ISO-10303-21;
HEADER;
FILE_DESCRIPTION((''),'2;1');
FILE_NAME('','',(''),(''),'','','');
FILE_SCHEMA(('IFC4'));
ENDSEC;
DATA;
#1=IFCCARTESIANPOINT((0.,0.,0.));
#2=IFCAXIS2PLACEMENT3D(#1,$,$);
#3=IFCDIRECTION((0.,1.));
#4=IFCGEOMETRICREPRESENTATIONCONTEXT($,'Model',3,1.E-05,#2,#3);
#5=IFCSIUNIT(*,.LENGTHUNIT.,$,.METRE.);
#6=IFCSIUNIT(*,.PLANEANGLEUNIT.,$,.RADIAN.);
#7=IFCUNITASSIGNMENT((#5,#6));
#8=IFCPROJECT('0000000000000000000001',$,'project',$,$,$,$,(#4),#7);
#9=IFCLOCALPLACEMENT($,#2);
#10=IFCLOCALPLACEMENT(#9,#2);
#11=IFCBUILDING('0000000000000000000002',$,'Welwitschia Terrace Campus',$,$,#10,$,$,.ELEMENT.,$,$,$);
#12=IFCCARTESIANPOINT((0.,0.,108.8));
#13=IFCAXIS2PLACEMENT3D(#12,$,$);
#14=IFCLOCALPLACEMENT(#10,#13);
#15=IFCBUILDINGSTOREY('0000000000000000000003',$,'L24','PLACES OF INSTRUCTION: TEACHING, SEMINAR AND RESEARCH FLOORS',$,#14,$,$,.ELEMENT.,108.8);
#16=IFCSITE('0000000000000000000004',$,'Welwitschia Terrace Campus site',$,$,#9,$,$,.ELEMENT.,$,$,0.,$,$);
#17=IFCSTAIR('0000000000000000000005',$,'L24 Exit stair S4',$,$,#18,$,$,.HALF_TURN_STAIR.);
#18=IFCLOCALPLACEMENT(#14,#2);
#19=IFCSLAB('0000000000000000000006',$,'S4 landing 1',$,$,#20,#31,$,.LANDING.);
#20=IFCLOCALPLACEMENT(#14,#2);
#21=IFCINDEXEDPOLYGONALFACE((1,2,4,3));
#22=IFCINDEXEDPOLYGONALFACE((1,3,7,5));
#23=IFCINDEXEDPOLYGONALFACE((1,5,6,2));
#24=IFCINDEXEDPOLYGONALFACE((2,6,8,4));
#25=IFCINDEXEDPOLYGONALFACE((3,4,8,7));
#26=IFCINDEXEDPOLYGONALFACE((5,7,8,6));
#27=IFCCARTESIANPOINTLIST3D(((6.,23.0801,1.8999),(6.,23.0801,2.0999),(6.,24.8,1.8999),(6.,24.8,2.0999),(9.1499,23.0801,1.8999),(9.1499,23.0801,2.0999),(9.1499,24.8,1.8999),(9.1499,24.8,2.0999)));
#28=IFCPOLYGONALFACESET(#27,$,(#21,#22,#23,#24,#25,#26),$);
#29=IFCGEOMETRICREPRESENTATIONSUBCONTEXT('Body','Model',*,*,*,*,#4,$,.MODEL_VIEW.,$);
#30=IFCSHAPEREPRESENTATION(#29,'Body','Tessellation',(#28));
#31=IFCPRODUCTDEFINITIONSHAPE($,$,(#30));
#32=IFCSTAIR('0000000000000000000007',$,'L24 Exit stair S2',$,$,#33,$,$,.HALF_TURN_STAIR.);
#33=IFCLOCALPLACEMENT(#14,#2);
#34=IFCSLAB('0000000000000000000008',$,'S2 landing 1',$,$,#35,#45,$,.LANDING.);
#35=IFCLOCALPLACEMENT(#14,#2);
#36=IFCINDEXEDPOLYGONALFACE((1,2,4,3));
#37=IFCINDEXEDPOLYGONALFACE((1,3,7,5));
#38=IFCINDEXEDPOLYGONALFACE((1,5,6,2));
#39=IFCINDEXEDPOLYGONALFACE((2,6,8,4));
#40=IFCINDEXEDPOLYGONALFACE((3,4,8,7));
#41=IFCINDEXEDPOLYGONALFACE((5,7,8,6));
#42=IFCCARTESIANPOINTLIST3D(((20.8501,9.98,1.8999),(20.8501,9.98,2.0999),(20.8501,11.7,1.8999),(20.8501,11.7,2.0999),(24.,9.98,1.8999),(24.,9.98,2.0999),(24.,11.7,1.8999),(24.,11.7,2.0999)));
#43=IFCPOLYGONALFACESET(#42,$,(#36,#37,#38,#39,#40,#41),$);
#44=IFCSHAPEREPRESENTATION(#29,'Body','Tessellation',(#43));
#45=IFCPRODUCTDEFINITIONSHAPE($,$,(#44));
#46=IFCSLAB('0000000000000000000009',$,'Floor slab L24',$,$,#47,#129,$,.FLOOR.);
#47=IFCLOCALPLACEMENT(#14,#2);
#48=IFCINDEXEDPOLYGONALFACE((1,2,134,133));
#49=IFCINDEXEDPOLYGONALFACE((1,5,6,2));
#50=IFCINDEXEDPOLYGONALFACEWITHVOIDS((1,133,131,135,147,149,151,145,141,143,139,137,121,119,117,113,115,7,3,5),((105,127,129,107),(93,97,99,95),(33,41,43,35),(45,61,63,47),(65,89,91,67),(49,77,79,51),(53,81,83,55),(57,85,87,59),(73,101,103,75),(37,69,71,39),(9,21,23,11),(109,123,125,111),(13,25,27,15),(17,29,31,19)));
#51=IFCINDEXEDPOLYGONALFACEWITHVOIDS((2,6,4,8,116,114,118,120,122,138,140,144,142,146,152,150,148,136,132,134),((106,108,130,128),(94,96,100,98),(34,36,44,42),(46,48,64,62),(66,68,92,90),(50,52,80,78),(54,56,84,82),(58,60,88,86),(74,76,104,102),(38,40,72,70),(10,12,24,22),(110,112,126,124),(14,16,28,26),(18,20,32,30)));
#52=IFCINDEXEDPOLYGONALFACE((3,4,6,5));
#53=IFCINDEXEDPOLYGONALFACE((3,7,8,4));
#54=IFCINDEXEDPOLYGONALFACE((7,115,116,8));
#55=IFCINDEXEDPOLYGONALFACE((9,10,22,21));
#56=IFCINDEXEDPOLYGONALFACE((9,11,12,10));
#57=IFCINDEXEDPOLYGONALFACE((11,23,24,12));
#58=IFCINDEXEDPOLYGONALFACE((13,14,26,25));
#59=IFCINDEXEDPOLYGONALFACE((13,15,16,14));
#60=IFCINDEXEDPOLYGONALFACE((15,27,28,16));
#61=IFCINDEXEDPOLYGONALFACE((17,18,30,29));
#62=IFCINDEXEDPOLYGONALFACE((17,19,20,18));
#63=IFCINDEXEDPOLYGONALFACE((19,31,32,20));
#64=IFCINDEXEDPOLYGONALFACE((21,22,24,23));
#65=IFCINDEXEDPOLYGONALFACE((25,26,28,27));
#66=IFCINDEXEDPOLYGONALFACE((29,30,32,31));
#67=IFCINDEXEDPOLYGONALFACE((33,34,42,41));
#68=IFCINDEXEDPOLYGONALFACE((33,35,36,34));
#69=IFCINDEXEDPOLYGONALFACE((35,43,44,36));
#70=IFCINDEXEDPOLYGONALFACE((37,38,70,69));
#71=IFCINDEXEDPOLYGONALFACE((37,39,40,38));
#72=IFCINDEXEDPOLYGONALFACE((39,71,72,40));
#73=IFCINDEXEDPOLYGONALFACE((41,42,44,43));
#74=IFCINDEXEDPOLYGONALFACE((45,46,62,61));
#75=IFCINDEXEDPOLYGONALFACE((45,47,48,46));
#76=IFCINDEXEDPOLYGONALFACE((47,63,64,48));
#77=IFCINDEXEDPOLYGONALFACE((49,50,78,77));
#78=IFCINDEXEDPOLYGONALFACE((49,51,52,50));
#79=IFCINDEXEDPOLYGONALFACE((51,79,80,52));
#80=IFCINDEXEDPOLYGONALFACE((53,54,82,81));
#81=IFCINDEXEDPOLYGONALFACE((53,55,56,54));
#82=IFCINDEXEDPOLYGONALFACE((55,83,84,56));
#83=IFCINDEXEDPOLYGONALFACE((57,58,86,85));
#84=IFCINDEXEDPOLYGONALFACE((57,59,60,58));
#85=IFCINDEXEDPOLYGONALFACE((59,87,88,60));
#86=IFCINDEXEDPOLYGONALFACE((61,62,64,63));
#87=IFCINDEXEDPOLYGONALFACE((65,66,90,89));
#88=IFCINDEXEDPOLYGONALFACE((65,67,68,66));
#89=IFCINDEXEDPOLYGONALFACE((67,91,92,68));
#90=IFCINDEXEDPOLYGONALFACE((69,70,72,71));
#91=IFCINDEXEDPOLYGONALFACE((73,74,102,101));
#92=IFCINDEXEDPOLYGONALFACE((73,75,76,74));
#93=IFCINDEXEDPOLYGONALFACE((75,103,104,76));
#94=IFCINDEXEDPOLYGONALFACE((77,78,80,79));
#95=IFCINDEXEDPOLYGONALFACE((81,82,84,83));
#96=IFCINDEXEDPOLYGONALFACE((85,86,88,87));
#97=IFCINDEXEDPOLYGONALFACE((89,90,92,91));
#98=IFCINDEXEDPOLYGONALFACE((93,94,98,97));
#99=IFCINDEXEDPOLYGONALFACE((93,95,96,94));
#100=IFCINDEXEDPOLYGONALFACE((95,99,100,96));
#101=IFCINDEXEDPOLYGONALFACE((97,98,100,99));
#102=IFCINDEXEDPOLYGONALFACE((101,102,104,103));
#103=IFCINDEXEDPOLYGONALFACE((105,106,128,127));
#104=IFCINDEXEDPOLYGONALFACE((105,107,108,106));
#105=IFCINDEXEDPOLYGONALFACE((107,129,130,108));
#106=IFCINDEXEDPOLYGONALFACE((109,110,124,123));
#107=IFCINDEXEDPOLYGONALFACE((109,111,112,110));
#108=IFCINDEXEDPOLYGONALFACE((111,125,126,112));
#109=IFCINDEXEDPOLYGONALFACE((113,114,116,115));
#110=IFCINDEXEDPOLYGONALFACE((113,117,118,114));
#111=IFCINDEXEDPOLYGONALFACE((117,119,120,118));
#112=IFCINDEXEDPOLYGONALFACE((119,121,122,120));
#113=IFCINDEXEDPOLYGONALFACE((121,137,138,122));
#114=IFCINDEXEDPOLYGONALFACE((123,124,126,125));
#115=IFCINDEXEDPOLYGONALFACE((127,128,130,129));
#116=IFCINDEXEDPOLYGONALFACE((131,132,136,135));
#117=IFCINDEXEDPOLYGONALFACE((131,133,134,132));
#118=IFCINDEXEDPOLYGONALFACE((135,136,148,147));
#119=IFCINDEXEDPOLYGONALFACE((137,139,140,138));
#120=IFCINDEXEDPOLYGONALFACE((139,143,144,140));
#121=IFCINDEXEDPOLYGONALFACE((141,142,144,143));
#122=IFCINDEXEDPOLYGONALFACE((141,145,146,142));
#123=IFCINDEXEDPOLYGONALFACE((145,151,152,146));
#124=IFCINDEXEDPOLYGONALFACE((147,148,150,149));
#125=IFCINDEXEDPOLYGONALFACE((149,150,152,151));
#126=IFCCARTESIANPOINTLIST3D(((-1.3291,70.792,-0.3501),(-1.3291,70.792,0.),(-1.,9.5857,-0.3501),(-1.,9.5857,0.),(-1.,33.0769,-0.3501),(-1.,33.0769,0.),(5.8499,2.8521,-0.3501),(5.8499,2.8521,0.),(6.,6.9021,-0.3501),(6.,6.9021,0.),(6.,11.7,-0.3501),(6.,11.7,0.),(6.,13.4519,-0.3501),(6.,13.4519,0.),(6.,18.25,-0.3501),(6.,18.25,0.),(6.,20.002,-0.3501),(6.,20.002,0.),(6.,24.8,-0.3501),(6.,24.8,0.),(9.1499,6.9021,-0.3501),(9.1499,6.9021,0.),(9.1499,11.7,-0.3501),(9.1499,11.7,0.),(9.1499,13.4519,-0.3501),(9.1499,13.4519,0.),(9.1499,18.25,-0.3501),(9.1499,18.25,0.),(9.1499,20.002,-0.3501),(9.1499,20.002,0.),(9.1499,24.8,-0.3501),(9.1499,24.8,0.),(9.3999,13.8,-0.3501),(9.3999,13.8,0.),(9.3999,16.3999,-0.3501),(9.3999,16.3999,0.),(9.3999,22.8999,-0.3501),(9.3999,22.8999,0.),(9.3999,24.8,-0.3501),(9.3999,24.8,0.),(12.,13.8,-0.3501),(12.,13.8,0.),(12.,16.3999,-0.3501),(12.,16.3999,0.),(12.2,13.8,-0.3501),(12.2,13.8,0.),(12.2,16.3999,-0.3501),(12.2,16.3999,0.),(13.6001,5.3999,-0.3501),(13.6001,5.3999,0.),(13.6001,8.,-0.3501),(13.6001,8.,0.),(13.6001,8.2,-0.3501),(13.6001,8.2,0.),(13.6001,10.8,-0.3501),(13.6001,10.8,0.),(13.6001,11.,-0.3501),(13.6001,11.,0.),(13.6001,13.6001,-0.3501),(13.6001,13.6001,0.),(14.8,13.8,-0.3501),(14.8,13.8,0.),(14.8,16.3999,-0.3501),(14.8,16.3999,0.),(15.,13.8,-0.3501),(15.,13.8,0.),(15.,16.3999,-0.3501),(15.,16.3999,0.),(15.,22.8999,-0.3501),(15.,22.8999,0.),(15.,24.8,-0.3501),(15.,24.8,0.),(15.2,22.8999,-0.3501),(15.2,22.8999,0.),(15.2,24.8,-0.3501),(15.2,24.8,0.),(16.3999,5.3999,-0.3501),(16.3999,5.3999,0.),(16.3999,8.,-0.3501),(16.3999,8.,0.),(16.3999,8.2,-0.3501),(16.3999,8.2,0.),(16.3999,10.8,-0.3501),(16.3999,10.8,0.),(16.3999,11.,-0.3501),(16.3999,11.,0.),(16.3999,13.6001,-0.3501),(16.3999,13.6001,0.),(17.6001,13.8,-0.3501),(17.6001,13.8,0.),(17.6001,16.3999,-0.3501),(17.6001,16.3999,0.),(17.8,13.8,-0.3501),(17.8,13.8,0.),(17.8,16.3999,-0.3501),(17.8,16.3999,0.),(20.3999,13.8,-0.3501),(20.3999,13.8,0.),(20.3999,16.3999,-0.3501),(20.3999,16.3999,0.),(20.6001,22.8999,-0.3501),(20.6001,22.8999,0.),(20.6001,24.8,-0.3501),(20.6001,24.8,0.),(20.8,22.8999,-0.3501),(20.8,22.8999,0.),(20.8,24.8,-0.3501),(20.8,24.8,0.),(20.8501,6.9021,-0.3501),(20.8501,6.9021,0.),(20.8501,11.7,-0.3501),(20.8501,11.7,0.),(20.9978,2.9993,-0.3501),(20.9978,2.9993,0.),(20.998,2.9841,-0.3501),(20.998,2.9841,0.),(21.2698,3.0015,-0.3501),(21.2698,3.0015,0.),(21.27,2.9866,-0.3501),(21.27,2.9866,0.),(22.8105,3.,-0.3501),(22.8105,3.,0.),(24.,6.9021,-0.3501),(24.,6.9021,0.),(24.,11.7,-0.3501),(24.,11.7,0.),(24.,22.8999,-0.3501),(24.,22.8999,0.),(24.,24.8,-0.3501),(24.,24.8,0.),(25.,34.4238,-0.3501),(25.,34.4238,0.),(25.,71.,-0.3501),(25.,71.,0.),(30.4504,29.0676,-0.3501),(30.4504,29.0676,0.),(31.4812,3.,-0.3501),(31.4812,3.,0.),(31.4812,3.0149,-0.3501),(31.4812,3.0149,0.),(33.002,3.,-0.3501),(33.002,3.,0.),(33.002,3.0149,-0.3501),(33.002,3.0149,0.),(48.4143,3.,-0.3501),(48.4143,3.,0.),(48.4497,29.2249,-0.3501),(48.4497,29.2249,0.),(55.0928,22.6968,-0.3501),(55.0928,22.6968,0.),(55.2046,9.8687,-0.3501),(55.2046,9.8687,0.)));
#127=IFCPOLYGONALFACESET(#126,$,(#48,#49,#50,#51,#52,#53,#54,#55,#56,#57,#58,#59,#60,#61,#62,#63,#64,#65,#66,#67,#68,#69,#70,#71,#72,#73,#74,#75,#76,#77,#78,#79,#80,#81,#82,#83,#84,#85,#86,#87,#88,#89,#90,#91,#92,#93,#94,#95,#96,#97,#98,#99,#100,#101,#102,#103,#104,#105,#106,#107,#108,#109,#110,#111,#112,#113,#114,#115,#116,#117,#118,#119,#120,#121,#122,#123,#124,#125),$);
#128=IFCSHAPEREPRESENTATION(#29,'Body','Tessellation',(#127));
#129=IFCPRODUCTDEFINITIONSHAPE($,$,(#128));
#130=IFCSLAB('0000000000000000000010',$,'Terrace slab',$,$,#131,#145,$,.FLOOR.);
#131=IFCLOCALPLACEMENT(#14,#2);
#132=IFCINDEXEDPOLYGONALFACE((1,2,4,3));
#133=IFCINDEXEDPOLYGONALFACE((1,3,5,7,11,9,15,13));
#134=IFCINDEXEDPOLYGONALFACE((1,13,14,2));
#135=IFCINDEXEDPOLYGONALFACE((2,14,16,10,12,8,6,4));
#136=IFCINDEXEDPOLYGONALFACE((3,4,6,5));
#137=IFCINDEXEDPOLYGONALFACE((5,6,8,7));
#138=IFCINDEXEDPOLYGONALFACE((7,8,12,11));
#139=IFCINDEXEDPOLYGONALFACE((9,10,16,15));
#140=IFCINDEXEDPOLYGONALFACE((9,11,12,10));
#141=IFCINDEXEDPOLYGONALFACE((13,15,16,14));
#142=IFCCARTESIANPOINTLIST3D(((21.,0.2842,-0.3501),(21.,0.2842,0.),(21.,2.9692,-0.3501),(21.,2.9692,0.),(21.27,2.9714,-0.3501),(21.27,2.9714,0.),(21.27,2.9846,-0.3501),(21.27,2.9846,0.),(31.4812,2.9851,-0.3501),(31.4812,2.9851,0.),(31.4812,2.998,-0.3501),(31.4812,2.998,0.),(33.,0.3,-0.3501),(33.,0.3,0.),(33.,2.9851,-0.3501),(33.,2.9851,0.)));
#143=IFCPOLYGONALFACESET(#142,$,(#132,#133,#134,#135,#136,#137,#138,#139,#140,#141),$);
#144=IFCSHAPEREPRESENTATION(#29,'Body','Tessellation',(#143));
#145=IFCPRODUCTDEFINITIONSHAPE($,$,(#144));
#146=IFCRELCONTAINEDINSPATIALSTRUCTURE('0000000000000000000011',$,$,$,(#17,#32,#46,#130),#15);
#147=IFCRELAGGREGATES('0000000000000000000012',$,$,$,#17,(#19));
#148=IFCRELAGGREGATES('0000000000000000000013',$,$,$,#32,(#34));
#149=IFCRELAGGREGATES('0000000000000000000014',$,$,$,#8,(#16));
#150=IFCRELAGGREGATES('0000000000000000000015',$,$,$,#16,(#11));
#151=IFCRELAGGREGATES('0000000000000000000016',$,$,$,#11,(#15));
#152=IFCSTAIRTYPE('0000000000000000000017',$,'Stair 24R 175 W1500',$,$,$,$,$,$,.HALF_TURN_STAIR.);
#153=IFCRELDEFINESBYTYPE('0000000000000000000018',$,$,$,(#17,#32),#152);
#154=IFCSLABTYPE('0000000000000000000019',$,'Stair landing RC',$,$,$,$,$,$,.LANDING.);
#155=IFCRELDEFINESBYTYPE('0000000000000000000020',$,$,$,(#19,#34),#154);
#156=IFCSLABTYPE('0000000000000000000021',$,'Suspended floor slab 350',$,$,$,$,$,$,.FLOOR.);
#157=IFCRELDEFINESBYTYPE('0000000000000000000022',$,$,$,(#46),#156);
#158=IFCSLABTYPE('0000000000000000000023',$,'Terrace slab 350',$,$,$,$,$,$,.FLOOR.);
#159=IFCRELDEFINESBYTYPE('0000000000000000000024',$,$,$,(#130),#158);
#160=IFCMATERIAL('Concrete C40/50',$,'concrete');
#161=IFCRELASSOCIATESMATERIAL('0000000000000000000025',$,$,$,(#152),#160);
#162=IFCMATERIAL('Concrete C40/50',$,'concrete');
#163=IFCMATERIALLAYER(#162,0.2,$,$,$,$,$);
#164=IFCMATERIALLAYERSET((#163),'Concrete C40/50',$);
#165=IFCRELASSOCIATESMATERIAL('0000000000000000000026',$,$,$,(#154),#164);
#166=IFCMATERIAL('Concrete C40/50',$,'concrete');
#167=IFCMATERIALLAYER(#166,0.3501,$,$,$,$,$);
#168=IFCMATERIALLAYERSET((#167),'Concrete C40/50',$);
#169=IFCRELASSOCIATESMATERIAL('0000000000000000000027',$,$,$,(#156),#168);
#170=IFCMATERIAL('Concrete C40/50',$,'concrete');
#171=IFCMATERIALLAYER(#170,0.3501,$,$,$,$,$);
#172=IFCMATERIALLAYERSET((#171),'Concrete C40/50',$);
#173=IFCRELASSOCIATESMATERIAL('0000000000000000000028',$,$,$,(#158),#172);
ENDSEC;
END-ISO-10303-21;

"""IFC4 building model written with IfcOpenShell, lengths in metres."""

from ifc_helpers import new_model, si_unit, direction, frame, origin, place, context, subcontext, project, spatial, polyline, outline, extrude, material, layer, layer_set, type_object, element, aggregate, save


model = new_model("IFC4")

# Units and contexts
model_context = context("Model", 3, precision=1e-05, world=origin(), true_north=direction((0.0, 1.0)))
body_context = subcontext(model_context, "Body", "Model", "MODEL_VIEW")
ifc_project = project(units=[si_unit("LENGTHUNIT", "METRE"), si_unit("PLANEANGLEUNIT", "RADIAN")], contexts=[model_context])

# Site, building, storey
site_placement = place(None, origin())
site = spatial("IfcSite", under=ifc_project, at=site_placement, Name="Welwitschia Terrace Campus site", CompositionType="ELEMENT", RefElevation=0.0)
building_placement = place(site_placement, origin())
building = spatial("IfcBuilding", under=site, at=building_placement, Name="Welwitschia Terrace Campus", CompositionType="ELEMENT")
storey_placement = place(building_placement, frame((0.0, 0.0, 108.8)))
storey = spatial("IfcBuildingStorey", under=building, at=storey_placement, Name="L24", Description="PLACES OF INSTRUCTION: TEACHING, SEMINAR AND RESEARCH FLOORS", CompositionType="ELEMENT", Elevation=108.8)

# Stairs, slabs
ifc_material_1 = material(Name="Concrete C40/50", Category="concrete")
stair_type = type_object("IfcStairType", Name="Stair 24R 175 W1500", PredefinedType="HALF_TURN_STAIR", material=ifc_material_1)
ifc_material_2 = material(Name="Concrete C40/50", Category="concrete")
ifc_layer_1 = layer(ifc_material_2, 0.2)
ifc_layer_set_1 = layer_set([ifc_layer_1], Name="Concrete C40/50")
slab_type_1 = type_object("IfcSlabType", Name="Stair landing RC", PredefinedType="LANDING", material=ifc_layer_set_1)
stair_1_placement = place(storey_placement, origin())
stair_1 = element("IfcStair", 1, at=stair_1_placement, inside=storey, type_object=stair_type, Name="L24 Exit stair S4", PredefinedType="HALF_TURN_STAIR")
slab_1_placement = place(storey_placement, frame((0.0, 0.0, 1.8999)))
slab_1 = element("IfcSlab", 2, at=slab_1_placement, type_object=slab_type_1, Name="S4 landing 1", PredefinedType="LANDING", context=body_context, shape_type="SweptSolid", body=[
    extrude(outline(polyline([(9.1499, 23.0801), (9.1499, 24.8), (6.0, 24.8), (6.0, 23.0801), (9.1499, 23.0801)])), origin(), (0.0, 0.0, 1.0), 0.2),
])
aggregate(stair_1, [slab_1])
stair_2_placement = place(storey_placement, origin())
stair_2 = element("IfcStair", 3, at=stair_2_placement, inside=storey, type_object=stair_type, Name="L24 Exit stair S2", PredefinedType="HALF_TURN_STAIR")
slab_2_placement = place(storey_placement, frame((0.0, 0.0, 1.8999)))
slab_2 = element("IfcSlab", 4, at=slab_2_placement, type_object=slab_type_1, Name="S2 landing 1", PredefinedType="LANDING", context=body_context, shape_type="SweptSolid", body=[
    extrude(outline(polyline([(24.0, 9.98), (24.0, 11.7), (20.8501, 11.7), (20.8501, 9.98), (24.0, 9.98)])), origin(), (0.0, 0.0, 1.0), 0.2),
])
aggregate(stair_2, [slab_2])

# Slabs
ifc_material_3 = material(Name="Concrete C40/50", Category="concrete")
ifc_layer_2 = layer(ifc_material_3, 0.3501)
ifc_layer_set_2 = layer_set([ifc_layer_2], Name="Concrete C40/50")
slab_type_2 = type_object("IfcSlabType", Name="Suspended floor slab 350", PredefinedType="FLOOR", material=ifc_layer_set_2)
slab_3_placement = place(storey_placement, frame((0.0, 0.0, -0.3501)))
element("IfcSlab", 5, at=slab_3_placement, inside=storey, type_object=slab_type_2, Name="Floor slab L24", PredefinedType="FLOOR", context=body_context, shape_type="SweptSolid", body=[
    extrude(outline(polyline([(25.0, 34.4238), (30.4504, 29.0676), (48.4497, 29.2249), (55.0928, 22.6968), (55.2046, 9.8687), (48.4143, 3.0), (33.002, 3.0), (33.002, 3.0149), (31.4812, 3.0149), (31.4812, 3.0), (22.8105, 3.0), (21.27, 2.9866), (21.2698, 3.0015), (20.9978, 2.9993), (20.998, 2.9841), (5.8499, 2.8521), (-1.0, 9.5857), (-1.0, 33.0769), (-1.3291, 70.792), (25.0, 71.0), (25.0, 34.4238)]), holes=[polyline([(13.6001, 5.3999), (16.3999, 5.3999), (16.3999, 8.0), (13.6001, 8.0), (13.6001, 5.3999)]), polyline([(6.0, 11.7), (6.0, 6.9021), (9.1499, 6.9021), (9.1499, 11.7), (6.0, 11.7)]), polyline([(9.3999, 16.3999), (9.3999, 13.8), (12.0, 13.8), (12.0, 16.3999), (9.3999, 16.3999)]), polyline([(12.2, 16.3999), (12.2, 13.8), (14.8, 13.8), (14.8, 16.3999), (12.2, 16.3999)]), polyline([(6.0, 18.25), (6.0, 13.4519), (9.1499, 13.4519), (9.1499, 18.25), (6.0, 18.25)]), polyline([(6.0, 24.8), (6.0, 20.002), (9.1499, 20.002), (9.1499, 24.8), (6.0, 24.8)]), polyline([(9.3999, 24.8), (9.3999, 22.8999), (15.0, 22.8999), (15.0, 24.8), (9.3999, 24.8)]), polyline([(20.8501, 6.9021), (24.0, 6.9021), (24.0, 11.7), (20.8501, 11.7), (20.8501, 6.9021)]), polyline([(13.6001, 10.8), (13.6001, 8.2), (16.3999, 8.2), (16.3999, 10.8), (13.6001, 10.8)]), polyline([(13.6001, 13.6001), (13.6001, 11.0), (16.3999, 11.0), (16.3999, 13.6001), (13.6001, 13.6001)]), polyline([(15.0, 16.3999), (15.0, 13.8), (17.6001, 13.8), (17.6001, 16.3999), (15.0, 16.3999)]), polyline([(17.8, 16.3999), (17.8, 13.8), (20.3999, 13.8), (20.3999, 16.3999), (17.8, 16.3999)]), polyline([(15.2, 24.8), (15.2, 22.8999), (20.6001, 22.8999), (20.6001, 24.8), (15.2, 24.8)]), polyline([(20.8, 24.8), (20.8, 22.8999), (24.0, 22.8999), (24.0, 24.8), (20.8, 24.8)])]), origin(), (0.0, 0.0, 1.0), 0.3501),
])
ifc_material_4 = material(Name="Concrete C40/50", Category="concrete")
ifc_layer_3 = layer(ifc_material_4, 0.3501)
ifc_layer_set_3 = layer_set([ifc_layer_3], Name="Concrete C40/50")
slab_type_3 = type_object("IfcSlabType", Name="Terrace slab 350", PredefinedType="FLOOR", material=ifc_layer_set_3)
slab_4_placement = place(storey_placement, frame((0.0, 0.0, -0.3501)))
element("IfcSlab", 6, at=slab_4_placement, inside=storey, type_object=slab_type_3, Name="Terrace slab", PredefinedType="FLOOR", context=body_context, shape_type="SweptSolid", body=[
    extrude(outline(polyline([(33.0, 0.3), (21.0, 0.2842), (21.0, 2.9692), (21.27, 2.9714), (21.27, 2.9846), (31.4812, 2.998), (31.4812, 2.9851), (33.0, 2.9851), (33.0, 0.3)])), origin(), (0.0, 0.0, 1.0), 0.3501),
])

save(model, "model.ifc")
